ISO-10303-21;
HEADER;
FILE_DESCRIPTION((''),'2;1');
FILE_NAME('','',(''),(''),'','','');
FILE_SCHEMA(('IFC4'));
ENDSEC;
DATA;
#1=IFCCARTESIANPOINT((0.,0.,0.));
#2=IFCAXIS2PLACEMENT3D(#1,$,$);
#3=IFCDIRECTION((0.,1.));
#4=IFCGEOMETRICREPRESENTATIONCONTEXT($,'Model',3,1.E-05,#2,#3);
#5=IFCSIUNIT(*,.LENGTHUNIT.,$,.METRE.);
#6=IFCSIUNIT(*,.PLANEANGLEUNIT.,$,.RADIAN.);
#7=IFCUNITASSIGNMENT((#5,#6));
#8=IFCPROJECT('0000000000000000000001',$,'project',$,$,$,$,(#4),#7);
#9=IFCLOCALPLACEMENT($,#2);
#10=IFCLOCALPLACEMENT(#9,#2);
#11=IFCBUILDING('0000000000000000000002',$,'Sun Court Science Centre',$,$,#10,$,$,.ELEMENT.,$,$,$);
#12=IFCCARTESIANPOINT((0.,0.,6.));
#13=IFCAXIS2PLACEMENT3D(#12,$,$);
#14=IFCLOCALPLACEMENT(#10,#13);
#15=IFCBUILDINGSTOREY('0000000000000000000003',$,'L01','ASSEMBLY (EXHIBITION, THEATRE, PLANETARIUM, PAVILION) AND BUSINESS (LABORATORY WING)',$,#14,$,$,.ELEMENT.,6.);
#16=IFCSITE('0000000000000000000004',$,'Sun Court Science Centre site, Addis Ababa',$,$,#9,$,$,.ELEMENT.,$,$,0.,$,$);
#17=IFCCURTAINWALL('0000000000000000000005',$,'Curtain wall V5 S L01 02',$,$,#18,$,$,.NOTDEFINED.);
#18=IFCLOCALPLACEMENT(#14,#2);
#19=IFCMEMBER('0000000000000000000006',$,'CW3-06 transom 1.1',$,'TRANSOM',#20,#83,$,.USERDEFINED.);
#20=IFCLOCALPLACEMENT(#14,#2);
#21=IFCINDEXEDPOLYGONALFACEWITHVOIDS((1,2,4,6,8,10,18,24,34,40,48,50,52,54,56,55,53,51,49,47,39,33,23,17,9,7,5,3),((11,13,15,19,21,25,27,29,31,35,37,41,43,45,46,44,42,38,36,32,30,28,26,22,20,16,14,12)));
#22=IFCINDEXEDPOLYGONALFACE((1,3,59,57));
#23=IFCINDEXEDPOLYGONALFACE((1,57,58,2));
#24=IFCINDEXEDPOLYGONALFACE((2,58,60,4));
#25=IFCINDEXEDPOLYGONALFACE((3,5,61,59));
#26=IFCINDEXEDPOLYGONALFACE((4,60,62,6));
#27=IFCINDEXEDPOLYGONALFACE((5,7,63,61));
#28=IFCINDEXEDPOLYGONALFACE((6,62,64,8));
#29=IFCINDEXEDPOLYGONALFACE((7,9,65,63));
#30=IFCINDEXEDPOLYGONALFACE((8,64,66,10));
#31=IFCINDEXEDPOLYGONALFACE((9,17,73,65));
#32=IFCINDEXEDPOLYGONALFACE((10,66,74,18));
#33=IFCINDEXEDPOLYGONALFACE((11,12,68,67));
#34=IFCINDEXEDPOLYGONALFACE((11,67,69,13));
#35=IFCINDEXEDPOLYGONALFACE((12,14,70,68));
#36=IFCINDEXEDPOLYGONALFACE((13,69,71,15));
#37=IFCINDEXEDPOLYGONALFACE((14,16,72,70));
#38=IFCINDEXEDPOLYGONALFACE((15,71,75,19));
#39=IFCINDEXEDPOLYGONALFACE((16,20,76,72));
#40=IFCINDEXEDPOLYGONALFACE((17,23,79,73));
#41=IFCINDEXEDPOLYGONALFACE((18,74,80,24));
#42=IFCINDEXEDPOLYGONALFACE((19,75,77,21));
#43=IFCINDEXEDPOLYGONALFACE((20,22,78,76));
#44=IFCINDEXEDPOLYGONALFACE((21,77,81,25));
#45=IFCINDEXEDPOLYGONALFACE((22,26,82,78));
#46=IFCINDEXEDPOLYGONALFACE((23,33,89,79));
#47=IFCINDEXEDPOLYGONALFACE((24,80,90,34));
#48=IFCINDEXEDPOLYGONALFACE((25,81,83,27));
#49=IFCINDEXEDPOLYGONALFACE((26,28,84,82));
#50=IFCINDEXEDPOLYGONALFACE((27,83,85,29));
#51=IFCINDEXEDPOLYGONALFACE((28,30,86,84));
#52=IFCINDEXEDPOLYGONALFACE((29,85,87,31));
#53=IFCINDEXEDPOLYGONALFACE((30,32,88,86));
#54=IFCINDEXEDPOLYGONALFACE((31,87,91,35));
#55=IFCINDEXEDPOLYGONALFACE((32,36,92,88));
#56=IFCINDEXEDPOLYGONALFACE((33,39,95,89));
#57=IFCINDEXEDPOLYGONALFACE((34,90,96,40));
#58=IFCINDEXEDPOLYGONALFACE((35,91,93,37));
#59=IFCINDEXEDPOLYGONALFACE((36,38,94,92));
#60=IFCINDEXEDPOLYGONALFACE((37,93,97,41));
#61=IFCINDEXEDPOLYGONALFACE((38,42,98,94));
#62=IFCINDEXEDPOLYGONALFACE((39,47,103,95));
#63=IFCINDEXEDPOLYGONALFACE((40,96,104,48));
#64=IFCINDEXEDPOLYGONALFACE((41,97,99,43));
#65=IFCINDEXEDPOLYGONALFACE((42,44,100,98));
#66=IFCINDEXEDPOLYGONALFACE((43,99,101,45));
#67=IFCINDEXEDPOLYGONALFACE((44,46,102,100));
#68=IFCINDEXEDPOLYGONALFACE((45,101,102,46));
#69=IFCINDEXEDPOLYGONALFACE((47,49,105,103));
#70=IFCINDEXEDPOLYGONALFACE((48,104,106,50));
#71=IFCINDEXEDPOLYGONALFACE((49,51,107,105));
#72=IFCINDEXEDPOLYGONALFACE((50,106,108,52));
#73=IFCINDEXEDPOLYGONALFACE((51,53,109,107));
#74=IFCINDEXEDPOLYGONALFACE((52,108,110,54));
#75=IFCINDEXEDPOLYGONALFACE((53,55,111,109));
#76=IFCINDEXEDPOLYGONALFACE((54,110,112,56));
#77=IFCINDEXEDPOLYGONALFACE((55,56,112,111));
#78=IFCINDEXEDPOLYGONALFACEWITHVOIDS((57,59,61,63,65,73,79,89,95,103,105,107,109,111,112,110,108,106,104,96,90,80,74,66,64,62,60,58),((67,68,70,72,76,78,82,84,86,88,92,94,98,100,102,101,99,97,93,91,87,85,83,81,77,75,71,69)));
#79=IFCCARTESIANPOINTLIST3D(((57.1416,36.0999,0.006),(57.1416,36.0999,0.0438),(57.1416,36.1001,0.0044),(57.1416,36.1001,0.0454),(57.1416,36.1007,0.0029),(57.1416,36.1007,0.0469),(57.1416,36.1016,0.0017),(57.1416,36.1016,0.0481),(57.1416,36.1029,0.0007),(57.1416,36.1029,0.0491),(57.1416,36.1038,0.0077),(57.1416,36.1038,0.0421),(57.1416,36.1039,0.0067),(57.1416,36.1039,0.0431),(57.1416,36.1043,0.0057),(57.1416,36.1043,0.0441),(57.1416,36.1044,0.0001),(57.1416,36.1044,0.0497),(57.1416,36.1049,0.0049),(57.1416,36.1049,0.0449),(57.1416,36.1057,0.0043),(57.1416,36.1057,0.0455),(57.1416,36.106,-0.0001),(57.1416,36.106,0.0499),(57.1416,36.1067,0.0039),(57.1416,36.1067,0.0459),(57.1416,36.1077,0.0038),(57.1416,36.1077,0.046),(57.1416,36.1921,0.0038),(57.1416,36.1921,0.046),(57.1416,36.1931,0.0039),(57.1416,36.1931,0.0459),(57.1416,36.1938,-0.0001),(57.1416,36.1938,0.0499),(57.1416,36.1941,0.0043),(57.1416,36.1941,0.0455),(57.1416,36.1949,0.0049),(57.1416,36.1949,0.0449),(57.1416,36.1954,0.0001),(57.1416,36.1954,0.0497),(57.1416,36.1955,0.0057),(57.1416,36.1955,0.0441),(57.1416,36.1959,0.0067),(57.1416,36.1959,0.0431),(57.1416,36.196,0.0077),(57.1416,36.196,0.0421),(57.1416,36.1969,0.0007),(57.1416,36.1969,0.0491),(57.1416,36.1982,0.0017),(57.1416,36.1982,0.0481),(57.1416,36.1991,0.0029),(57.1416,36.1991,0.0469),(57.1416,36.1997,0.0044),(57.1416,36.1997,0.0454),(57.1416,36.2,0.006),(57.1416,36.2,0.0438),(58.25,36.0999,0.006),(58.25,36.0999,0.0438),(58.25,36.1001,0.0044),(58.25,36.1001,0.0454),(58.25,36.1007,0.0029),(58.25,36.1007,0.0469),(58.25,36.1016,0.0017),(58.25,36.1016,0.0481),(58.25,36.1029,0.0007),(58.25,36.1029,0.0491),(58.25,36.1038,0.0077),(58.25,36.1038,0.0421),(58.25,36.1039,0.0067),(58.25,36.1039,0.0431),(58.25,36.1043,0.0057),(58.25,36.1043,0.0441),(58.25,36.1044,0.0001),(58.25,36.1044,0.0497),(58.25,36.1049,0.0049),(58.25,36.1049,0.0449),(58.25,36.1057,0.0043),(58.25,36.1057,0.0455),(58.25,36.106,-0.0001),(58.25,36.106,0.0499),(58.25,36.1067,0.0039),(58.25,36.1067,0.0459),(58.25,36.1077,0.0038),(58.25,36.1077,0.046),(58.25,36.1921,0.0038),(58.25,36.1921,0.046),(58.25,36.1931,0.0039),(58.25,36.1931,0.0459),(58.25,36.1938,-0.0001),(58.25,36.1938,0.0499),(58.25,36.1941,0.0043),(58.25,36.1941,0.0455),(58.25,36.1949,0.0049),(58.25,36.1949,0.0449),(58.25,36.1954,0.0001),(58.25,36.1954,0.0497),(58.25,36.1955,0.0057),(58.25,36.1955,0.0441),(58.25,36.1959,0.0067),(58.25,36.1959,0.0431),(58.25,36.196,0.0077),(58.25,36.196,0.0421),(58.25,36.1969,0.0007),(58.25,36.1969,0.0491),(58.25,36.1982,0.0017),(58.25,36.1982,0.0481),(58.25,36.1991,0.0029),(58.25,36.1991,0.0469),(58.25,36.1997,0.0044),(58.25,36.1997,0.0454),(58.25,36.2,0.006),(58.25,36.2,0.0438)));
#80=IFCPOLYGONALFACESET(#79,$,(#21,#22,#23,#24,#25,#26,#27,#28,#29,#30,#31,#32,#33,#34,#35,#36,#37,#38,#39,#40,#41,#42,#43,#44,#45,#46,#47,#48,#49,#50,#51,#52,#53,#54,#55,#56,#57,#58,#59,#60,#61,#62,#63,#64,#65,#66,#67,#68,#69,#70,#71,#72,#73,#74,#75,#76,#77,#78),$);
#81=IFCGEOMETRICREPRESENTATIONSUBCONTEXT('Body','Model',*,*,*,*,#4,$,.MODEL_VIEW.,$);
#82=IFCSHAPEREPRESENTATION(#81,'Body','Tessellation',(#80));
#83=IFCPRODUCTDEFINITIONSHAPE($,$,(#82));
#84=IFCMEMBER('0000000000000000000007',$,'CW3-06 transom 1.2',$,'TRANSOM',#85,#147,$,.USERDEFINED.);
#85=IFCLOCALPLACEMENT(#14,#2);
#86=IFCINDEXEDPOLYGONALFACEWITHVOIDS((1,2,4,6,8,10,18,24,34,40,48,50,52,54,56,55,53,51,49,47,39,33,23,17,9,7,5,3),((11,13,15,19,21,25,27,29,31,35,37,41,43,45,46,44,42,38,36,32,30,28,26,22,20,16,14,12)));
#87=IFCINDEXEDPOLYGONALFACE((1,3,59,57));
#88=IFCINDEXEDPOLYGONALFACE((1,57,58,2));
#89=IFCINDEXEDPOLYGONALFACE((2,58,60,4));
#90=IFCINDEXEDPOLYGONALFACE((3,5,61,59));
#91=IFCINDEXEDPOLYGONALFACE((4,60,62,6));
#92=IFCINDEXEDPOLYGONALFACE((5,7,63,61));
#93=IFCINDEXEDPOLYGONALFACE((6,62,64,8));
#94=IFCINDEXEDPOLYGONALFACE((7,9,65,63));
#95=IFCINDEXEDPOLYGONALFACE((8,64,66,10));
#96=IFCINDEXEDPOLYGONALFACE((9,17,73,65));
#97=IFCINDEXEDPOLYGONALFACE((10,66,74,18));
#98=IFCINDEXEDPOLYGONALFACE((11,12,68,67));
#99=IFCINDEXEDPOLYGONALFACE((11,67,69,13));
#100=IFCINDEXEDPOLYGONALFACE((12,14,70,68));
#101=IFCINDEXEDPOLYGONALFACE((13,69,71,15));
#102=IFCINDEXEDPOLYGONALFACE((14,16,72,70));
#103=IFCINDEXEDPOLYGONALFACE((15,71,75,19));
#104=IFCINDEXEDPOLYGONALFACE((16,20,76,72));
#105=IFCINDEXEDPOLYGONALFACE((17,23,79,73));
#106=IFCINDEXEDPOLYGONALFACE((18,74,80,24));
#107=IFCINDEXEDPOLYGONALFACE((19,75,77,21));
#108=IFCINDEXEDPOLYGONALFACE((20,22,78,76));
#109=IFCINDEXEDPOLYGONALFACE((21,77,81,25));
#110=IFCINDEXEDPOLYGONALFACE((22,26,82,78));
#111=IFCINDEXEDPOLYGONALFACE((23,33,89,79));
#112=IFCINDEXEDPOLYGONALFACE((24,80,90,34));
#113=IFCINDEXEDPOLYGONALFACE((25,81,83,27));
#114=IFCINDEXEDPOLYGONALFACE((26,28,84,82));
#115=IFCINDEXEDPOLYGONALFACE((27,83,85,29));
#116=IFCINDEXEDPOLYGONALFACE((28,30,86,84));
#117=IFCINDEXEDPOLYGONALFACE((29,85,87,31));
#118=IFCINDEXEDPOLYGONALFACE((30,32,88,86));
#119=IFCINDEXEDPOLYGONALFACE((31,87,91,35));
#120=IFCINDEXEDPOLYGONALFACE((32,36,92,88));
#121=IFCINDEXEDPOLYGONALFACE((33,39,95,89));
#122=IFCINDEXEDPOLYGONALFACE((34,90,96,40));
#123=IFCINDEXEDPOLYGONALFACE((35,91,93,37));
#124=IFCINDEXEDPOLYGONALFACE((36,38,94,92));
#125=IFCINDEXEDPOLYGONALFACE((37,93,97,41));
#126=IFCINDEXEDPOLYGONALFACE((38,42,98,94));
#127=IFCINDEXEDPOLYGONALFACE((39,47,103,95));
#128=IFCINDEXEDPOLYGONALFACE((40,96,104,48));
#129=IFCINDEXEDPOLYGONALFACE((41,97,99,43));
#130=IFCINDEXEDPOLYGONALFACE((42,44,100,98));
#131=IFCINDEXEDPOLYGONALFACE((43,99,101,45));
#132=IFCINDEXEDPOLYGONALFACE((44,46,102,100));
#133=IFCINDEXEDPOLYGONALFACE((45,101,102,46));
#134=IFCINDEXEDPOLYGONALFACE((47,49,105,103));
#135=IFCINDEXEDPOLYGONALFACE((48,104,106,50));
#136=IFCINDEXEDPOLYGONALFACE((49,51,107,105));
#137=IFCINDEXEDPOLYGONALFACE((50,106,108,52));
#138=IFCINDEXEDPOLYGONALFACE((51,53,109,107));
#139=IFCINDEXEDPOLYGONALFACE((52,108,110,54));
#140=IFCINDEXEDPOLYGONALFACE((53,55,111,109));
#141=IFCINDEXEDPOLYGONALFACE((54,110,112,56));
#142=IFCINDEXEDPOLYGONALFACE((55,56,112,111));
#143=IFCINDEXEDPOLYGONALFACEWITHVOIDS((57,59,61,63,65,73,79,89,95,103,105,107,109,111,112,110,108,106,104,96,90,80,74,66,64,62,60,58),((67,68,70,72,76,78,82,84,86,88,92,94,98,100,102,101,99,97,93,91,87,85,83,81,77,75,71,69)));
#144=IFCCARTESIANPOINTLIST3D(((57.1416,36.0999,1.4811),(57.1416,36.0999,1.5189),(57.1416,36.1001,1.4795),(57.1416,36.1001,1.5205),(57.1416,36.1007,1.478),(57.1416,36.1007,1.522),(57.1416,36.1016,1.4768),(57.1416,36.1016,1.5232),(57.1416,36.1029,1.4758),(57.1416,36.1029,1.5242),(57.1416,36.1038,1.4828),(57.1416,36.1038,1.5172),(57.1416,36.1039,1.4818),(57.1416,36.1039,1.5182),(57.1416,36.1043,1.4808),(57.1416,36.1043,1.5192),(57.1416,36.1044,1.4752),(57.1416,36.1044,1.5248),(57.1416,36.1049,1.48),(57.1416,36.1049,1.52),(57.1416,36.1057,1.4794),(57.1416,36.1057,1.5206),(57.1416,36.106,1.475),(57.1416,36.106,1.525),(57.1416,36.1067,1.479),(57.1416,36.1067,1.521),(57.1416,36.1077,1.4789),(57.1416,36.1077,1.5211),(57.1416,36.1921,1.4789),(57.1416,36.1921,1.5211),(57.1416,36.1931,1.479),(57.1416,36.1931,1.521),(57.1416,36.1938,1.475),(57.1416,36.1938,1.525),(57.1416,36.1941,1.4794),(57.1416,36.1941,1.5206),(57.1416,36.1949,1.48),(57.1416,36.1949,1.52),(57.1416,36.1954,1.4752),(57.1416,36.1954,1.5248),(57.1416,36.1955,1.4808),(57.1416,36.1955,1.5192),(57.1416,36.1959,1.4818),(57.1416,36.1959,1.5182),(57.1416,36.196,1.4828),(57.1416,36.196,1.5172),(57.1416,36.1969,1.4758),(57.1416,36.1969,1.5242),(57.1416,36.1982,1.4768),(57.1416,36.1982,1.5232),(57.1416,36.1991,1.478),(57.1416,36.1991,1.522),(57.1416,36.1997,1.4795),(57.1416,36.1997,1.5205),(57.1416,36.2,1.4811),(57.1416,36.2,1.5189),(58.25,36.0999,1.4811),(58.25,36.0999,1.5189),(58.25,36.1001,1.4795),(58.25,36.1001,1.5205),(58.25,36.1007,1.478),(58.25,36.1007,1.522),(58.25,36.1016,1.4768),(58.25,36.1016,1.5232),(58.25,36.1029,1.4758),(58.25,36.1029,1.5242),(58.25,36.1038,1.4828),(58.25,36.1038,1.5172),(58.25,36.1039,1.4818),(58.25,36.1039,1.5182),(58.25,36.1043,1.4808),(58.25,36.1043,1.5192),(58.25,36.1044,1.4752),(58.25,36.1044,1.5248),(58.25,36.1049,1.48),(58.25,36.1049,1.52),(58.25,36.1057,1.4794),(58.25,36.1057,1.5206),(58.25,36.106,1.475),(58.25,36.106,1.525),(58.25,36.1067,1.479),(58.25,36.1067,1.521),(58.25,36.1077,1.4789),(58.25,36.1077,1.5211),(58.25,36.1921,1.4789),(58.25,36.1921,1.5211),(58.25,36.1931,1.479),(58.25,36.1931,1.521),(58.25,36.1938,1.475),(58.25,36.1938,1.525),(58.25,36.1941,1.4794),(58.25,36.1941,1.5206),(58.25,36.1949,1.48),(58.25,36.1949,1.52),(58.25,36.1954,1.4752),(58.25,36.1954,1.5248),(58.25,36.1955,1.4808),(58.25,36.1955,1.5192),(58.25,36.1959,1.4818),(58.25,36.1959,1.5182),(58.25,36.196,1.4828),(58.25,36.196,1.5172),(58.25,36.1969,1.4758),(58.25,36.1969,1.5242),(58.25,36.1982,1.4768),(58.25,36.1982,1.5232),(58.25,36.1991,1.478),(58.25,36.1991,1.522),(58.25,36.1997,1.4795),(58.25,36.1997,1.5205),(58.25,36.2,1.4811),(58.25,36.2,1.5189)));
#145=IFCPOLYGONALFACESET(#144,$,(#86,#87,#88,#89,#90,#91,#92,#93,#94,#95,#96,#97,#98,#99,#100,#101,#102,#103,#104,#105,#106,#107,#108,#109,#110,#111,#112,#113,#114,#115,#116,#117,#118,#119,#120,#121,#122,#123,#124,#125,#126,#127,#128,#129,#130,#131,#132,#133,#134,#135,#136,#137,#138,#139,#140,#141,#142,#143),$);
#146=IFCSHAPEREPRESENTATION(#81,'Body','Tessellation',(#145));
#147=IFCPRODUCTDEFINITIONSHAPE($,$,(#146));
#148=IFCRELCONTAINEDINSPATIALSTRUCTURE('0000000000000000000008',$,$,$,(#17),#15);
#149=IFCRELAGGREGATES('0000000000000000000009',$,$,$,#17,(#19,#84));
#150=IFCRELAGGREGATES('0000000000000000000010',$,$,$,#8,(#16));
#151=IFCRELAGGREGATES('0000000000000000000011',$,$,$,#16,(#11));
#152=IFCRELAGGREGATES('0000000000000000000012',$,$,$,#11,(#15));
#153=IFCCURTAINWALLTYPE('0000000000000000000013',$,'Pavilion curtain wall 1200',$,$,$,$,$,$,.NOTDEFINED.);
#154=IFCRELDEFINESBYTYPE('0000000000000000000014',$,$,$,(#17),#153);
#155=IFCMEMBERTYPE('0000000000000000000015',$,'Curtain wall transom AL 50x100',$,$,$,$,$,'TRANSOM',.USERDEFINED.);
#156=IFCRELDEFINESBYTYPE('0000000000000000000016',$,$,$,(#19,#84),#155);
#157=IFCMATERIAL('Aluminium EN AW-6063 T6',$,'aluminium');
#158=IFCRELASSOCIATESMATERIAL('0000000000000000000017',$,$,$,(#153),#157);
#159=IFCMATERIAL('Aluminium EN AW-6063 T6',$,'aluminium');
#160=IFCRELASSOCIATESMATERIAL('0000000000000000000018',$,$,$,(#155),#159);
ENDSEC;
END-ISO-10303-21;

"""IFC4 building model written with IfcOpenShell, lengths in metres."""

from ifc_helpers import new_model, si_unit, direction, frame, origin, origin_2d, place, context, subcontext, project, spatial, hollow_rectangle, extrude, material, material_profile, profile_set, type_object, element, aggregate, save


model = new_model("IFC4")

# Units and contexts
model_context = context("Model", 3, precision=1e-05, world=origin(), true_north=direction((0.0, 1.0)))
body_context = subcontext(model_context, "Body", "Model", "MODEL_VIEW")
ifc_project = project(units=[si_unit("LENGTHUNIT", "METRE"), si_unit("PLANEANGLEUNIT", "RADIAN")], contexts=[model_context])

# Site, building, storey
site_placement = place(None, origin())
site = spatial("IfcSite", under=ifc_project, at=site_placement, Name="Sun Court Science Centre site, Addis Ababa", CompositionType="ELEMENT", RefElevation=0.0)
building_placement = place(site_placement, origin())
building = spatial("IfcBuilding", under=site, at=building_placement, Name="Sun Court Science Centre", CompositionType="ELEMENT")
storey_placement = place(building_placement, frame((0.0, 0.0, 6.0)))
storey = spatial("IfcBuildingStorey", under=building, at=storey_placement, Name="L01", Description="ASSEMBLY (EXHIBITION, THEATRE, PLANETARIUM, PAVILION) AND BUSINESS (LABORATORY WING)", CompositionType="ELEMENT", Elevation=6.0)

# Curtain wall
ifc_material_1 = material(Name="Aluminium EN AW-6063 T6", Category="aluminium")
curtain_wall_type = type_object("IfcCurtainWallType", Name="Pavilion curtain wall 1200", PredefinedType="NOTDEFINED", material=ifc_material_1)
curtain_wall_1_placement = place(storey_placement, origin())
curtain_wall_1 = element("IfcCurtainWall", 1, at=curtain_wall_1_placement, inside=storey, type_object=curtain_wall_type, Name="Curtain wall V5 S L01 02", PredefinedType="NOTDEFINED")

# Members
ifc_material_2 = material(Name="Aluminium EN AW-6063 T6", Category="aluminium")
ifc_material_profile_1 = material_profile(ifc_material_2, hollow_rectangle(XDim=0.05, YDim=0.1001, WallThickness=0.0039, InnerFilletRadius=0.0039, OuterFilletRadius=0.0061, at=origin_2d()), Name="AL 50x100x4")
ifc_profile_set_1 = profile_set([ifc_material_profile_1], Name="Aluminium EN AW-6063 T6")
member_type_1 = type_object("IfcMemberType", Name="Curtain wall transom AL 50x100", ElementType="TRANSOM", PredefinedType="USERDEFINED", material=ifc_profile_set_1)
member_1_placement = place(storey_placement, frame((58.25, 36.1499, 0.0249), z_axis=(-1.0, 0.0, 0.0), x_axis=(0.0, 0.0, 1.0)))
member_1 = element("IfcMember", 2, at=member_1_placement, type_object=member_type_1, Name="CW3-06 transom 1.1", ObjectType="TRANSOM", PredefinedType="USERDEFINED", context=body_context, shape_type="SweptSolid", body=[
    extrude(hollow_rectangle(XDim=0.05, YDim=0.1001, WallThickness=0.0039, InnerFilletRadius=0.0039, OuterFilletRadius=0.0061, at=origin_2d()), origin(), (0.0, 0.0, 1.0), 1.1084),
])
member_2_placement = place(storey_placement, frame((58.25, 36.1499, 1.5), z_axis=(-1.0, 0.0, 0.0), x_axis=(0.0, 0.0, 1.0)))
member_2 = element("IfcMember", 3, at=member_2_placement, type_object=member_type_1, Name="CW3-06 transom 1.2", ObjectType="TRANSOM", PredefinedType="USERDEFINED", context=body_context, shape_type="SweptSolid", body=[
    extrude(hollow_rectangle(XDim=0.05, YDim=0.1001, WallThickness=0.0039, InnerFilletRadius=0.0039, OuterFilletRadius=0.0061, at=origin_2d()), origin(), (0.0, 0.0, 1.0), 1.1084),
])

aggregate(curtain_wall_1, [member_1, member_2])

save(model, "model.ifc")
